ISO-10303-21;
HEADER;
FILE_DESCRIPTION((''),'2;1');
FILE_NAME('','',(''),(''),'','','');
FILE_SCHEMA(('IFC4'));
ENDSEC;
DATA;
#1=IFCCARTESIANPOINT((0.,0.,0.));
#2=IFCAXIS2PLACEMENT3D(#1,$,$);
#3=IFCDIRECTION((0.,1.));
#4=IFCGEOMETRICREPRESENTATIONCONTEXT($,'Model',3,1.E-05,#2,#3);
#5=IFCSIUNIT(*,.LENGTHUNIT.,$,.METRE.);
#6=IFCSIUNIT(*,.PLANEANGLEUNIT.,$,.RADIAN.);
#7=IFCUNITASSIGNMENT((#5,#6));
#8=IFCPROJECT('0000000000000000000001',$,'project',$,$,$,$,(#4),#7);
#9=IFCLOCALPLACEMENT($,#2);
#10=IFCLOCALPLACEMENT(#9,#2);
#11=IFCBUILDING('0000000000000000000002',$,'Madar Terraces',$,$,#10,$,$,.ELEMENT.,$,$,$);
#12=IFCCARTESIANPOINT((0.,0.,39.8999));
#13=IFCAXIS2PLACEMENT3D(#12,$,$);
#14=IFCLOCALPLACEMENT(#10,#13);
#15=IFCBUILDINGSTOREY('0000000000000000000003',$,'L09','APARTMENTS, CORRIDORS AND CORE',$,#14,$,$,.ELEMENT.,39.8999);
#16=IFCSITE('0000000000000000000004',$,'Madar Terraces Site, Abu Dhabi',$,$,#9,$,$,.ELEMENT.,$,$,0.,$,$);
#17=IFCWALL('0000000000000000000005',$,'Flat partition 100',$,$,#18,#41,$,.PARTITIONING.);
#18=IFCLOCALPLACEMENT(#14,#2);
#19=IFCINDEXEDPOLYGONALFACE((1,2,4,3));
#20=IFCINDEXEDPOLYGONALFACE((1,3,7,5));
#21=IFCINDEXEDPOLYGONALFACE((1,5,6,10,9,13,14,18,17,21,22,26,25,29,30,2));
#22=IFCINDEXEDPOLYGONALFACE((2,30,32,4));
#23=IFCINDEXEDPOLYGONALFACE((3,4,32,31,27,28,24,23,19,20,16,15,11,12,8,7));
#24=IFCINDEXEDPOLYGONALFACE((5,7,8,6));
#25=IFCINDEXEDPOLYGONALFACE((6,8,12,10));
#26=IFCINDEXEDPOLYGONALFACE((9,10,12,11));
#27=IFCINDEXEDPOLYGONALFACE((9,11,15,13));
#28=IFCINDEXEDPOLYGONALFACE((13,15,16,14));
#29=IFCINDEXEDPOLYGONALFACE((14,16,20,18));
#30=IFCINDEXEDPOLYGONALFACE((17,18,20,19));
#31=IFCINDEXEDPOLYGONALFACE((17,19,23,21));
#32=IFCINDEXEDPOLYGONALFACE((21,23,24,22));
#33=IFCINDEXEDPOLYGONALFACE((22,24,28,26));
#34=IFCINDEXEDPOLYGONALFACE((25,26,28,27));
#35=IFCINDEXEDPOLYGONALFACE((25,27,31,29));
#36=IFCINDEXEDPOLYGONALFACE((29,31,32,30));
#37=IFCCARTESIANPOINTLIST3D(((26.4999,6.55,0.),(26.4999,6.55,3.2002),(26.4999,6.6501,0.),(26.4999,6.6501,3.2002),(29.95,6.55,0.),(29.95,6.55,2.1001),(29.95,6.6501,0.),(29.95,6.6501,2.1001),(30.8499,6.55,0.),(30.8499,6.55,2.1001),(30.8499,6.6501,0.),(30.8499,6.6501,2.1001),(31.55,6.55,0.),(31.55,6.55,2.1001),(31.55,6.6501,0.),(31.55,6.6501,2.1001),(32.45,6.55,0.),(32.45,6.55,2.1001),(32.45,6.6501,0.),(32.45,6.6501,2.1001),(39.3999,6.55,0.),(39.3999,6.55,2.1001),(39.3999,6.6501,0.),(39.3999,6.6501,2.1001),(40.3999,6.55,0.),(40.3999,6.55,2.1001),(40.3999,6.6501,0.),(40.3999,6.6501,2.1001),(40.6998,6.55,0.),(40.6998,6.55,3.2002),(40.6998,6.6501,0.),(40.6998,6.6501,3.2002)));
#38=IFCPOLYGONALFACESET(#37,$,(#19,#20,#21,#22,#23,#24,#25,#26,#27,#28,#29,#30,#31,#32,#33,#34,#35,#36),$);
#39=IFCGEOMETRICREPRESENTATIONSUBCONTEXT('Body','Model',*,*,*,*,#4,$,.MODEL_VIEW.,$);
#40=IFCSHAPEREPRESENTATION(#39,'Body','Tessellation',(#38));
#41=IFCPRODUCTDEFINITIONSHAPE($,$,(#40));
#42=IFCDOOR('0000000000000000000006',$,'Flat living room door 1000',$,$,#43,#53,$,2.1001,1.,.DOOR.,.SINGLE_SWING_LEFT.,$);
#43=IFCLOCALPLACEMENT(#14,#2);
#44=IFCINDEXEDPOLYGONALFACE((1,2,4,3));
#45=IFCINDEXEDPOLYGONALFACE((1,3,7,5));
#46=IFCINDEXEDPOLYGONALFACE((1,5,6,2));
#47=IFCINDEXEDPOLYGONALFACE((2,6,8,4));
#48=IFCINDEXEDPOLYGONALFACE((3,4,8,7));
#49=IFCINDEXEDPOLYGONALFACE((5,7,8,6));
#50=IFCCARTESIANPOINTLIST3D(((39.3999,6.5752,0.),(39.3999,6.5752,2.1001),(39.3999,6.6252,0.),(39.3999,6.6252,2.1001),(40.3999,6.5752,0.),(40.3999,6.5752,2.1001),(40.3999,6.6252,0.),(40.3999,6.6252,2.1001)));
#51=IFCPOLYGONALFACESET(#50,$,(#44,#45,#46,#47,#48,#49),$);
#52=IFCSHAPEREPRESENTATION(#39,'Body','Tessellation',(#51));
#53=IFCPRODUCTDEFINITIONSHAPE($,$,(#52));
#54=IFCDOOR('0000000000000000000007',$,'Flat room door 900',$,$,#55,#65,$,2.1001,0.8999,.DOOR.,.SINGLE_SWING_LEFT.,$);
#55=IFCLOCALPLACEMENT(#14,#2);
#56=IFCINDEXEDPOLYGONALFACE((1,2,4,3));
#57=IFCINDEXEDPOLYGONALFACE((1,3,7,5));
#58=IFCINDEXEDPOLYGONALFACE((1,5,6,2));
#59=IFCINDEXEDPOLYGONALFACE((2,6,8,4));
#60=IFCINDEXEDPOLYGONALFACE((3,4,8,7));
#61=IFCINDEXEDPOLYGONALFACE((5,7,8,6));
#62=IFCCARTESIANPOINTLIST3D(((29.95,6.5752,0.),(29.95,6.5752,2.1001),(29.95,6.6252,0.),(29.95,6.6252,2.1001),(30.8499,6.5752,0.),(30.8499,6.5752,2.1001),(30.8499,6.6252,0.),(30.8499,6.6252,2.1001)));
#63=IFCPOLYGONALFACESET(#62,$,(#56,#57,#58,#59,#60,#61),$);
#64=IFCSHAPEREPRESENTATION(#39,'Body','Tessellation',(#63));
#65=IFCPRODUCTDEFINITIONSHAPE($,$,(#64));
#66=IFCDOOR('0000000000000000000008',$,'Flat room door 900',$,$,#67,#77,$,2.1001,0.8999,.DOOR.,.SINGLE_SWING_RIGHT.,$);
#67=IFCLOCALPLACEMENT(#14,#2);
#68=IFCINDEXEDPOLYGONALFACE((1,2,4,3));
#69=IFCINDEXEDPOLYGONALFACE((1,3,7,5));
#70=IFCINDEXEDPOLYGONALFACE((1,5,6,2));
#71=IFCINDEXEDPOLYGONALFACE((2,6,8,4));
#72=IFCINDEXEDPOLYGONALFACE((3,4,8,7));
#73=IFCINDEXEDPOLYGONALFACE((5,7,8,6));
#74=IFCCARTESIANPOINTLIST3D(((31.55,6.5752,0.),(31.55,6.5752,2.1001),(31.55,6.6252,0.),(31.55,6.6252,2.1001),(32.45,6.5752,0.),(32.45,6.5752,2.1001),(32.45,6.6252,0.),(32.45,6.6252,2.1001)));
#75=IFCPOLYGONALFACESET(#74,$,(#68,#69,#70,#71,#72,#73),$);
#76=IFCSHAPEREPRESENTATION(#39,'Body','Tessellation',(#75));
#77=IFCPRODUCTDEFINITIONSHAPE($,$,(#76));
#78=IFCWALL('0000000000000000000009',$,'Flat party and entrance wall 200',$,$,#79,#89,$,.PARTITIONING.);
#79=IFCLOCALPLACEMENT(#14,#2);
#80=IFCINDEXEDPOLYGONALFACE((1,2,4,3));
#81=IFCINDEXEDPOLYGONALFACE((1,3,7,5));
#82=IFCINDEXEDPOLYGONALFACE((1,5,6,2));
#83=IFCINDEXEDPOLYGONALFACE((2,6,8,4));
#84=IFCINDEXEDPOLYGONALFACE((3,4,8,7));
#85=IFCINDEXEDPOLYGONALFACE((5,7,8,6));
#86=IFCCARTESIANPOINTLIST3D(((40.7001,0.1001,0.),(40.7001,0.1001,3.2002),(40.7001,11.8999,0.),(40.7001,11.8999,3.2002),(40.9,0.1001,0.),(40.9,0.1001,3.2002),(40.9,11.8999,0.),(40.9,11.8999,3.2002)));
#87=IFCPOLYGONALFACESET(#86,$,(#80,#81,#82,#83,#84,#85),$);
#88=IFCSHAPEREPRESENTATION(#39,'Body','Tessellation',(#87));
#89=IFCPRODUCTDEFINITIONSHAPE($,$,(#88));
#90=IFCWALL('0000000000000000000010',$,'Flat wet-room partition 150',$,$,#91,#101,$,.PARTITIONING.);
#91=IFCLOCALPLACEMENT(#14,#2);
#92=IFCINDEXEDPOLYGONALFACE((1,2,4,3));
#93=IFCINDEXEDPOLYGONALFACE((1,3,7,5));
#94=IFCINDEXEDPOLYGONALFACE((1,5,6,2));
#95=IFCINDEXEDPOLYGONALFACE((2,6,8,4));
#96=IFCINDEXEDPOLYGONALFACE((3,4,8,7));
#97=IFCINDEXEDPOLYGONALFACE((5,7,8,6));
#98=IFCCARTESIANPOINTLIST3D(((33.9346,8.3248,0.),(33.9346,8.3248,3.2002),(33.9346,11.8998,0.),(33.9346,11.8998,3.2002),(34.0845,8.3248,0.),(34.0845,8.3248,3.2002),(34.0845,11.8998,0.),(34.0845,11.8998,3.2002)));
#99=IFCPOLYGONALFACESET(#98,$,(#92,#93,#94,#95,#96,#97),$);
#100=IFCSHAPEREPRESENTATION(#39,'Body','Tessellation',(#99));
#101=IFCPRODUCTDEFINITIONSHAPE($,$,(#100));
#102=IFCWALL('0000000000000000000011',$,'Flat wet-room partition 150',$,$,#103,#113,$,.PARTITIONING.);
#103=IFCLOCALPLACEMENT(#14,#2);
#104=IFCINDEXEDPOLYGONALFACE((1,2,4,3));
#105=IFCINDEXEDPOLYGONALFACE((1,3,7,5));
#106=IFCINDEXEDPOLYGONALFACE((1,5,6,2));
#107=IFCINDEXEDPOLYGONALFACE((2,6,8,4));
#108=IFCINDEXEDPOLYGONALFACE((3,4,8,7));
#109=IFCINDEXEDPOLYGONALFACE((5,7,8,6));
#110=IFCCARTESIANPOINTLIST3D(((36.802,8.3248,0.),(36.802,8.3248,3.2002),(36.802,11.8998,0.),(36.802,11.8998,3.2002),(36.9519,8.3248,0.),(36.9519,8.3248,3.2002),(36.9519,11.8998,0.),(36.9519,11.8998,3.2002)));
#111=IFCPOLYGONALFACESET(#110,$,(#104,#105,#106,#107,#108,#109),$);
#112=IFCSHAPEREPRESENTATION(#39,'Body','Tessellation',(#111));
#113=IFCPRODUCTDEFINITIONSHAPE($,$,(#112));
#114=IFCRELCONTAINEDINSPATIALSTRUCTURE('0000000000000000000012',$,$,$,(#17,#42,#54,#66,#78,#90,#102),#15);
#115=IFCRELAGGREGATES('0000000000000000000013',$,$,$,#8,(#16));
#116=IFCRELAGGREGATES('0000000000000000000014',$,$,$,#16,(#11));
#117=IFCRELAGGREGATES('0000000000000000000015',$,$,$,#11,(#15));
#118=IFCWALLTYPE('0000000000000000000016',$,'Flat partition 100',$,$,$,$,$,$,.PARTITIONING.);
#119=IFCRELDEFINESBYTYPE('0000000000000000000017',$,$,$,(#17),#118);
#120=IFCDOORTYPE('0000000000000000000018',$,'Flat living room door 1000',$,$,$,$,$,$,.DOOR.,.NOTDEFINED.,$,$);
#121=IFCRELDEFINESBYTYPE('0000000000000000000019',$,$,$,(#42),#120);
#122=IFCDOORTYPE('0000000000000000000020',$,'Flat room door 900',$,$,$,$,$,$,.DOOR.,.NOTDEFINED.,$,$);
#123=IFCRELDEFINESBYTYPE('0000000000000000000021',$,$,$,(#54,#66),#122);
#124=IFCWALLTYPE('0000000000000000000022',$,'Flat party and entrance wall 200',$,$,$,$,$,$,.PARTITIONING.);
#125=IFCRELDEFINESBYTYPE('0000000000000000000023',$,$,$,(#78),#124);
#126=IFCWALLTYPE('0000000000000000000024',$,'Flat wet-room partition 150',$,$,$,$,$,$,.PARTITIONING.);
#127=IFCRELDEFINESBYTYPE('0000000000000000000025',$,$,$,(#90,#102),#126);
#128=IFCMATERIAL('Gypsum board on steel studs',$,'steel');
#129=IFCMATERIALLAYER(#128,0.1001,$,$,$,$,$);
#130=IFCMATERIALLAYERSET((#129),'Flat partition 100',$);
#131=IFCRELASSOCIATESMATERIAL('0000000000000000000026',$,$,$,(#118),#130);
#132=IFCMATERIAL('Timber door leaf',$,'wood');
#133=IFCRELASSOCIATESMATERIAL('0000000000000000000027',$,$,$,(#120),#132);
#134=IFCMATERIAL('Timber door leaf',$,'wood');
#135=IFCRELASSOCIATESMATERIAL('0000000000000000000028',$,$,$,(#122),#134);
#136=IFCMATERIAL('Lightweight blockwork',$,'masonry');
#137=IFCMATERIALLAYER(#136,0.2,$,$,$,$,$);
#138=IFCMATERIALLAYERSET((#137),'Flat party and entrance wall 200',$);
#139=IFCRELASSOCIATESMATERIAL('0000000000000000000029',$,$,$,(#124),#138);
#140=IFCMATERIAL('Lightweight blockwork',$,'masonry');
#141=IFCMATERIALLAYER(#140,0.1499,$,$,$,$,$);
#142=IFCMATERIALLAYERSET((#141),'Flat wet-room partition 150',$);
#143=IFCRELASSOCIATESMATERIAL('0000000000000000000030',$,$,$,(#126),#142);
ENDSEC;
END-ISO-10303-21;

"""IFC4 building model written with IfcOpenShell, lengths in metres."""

from ifc_helpers import new_model, si_unit, direction, frame, frame_2d, origin, place, context, subcontext, project, spatial, rectangle, extrude, material, layer, layer_set, type_object, element, fill, save


model = new_model("IFC4")

# Units and contexts
model_context = context("Model", 3, precision=1e-05, world=origin(), true_north=direction((0.0, 1.0)))
body_context = subcontext(model_context, "Body", "Model", "MODEL_VIEW")
ifc_project = project(units=[si_unit("LENGTHUNIT", "METRE"), si_unit("PLANEANGLEUNIT", "RADIAN")], contexts=[model_context])

# Site, building, storey
site_placement = place(None, origin())
site = spatial("IfcSite", under=ifc_project, at=site_placement, Name="Madar Terraces Site, Abu Dhabi", CompositionType="ELEMENT", RefElevation=0.0)
building_placement = place(site_placement, origin())
building = spatial("IfcBuilding", under=site, at=building_placement, Name="Madar Terraces", CompositionType="ELEMENT")
storey_placement = place(building_placement, frame((0.0, 0.0, 39.8999)))
storey = spatial("IfcBuildingStorey", under=building, at=storey_placement, Name="L09", Description="APARTMENTS, CORRIDORS AND CORE", CompositionType="ELEMENT", Elevation=39.8999)

# Shared definitions
ifc_material_1 = material(Name="Gypsum board on steel studs", Category="steel")
ifc_layer_1 = layer(ifc_material_1, 0.1001)
ifc_layer_set_1 = layer_set([ifc_layer_1], Name="Flat partition 100")
wall_type_1 = type_object("IfcWallType", Name="Flat partition 100", PredefinedType="PARTITIONING", material=ifc_layer_set_1)

# Wall, openings, doors
wall_1_placement = place(storey_placement, frame((40.7, 6.6001, 0.0), z_axis=(0.0, 0.0, 1.0), x_axis=(-1.0, 0.0, 0.0)))
wall_1 = element("IfcWall", 1, at=wall_1_placement, inside=storey, type_object=wall_type_1, Name="Flat partition 100", PredefinedType="PARTITIONING", context=body_context, shape_type="SweptSolid", body=[
    extrude(rectangle(XDim=14.2, YDim=0.1001, at=frame_2d((7.1001, 0.0))), origin(), (0.0, 0.0, 1.0), 3.2002),
])
opening_1_placement = place(wall_1_placement, frame((9.8501, 0.0, 0.0)))
opening_1 = element("IfcOpeningElement", 2, at=opening_1_placement, cuts=wall_1, PredefinedType="OPENING", context=body_context, shape_type="SweptSolid", body=[
    extrude(rectangle(XDim=0.8999, YDim=2.1001, at=frame_2d((0.45, 1.05))), frame((0.0, 0.0601, 0.0), z_axis=(0.0, -1.0, 0.0), x_axis=(1.0, 0.0, 0.0)), (0.0, 0.0, 1.0), 0.1201),
])
opening_2_placement = place(wall_1_placement, frame((8.25, 0.0, 0.0)))
opening_2 = element("IfcOpeningElement", 3, at=opening_2_placement, cuts=wall_1, PredefinedType="OPENING", context=body_context, shape_type="SweptSolid", body=[
    extrude(rectangle(XDim=0.8999, YDim=2.1001, at=frame_2d((0.45, 1.05))), frame((0.0, 0.0601, 0.0), z_axis=(0.0, -1.0, 0.0), x_axis=(1.0, 0.0, 0.0)), (0.0, 0.0, 1.0), 0.1201),
])
opening_3_placement = place(wall_1_placement, frame((0.3, 0.0, 0.0)))
opening_3 = element("IfcOpeningElement", 4, at=opening_3_placement, cuts=wall_1, PredefinedType="OPENING", context=body_context, shape_type="SweptSolid", body=[
    extrude(rectangle(XDim=1.0, YDim=2.1001, at=frame_2d((0.5, 1.05))), frame((0.0, 0.0601, 0.0), z_axis=(0.0, -1.0, 0.0), x_axis=(1.0, 0.0, 0.0)), (0.0, 0.0, 1.0), 0.1201),
])
ifc_material_2 = material(Name="Timber door leaf", Category="wood")
door_type_1 = type_object("IfcDoorType", Name="Flat living room door 1000", OperationType="NOTDEFINED", PredefinedType="DOOR", material=ifc_material_2)
door_1_placement = place(opening_3_placement, origin())
door_1 = element("IfcDoor", 5, at=door_1_placement, inside=storey, type_object=door_type_1, Name="Flat living room door 1000", OperationType="SINGLE_SWING_LEFT", OverallHeight=2.1001, OverallWidth=1.0, PredefinedType="DOOR", context=body_context, shape_type="SweptSolid", body=[
    extrude(rectangle(XDim=1.0, YDim=2.1001, at=frame_2d((0.5, 1.05))), frame((0.0, 0.0249, 0.0), z_axis=(0.0, -1.0, 0.0), x_axis=(1.0, 0.0, 0.0)), (0.0, 0.0, 1.0), 0.05),
])
fill(opening_3, door_1)
ifc_material_3 = material(Name="Timber door leaf", Category="wood")
door_type_2 = type_object("IfcDoorType", Name="Flat room door 900", OperationType="NOTDEFINED", PredefinedType="DOOR", material=ifc_material_3)
door_2_placement = place(opening_1_placement, origin())
door_2 = element("IfcDoor", 6, at=door_2_placement, inside=storey, type_object=door_type_2, Name="Flat room door 900", OperationType="SINGLE_SWING_LEFT", OverallHeight=2.1001, OverallWidth=0.8999, PredefinedType="DOOR", context=body_context, shape_type="SweptSolid", body=[
    extrude(rectangle(XDim=0.8999, YDim=2.1001, at=frame_2d((0.45, 1.05))), frame((0.0, 0.0249, 0.0), z_axis=(0.0, -1.0, 0.0), x_axis=(1.0, 0.0, 0.0)), (0.0, 0.0, 1.0), 0.05),
])
fill(opening_1, door_2)
door_3_placement = place(opening_2_placement, origin())
door_3 = element("IfcDoor", 7, at=door_3_placement, inside=storey, type_object=door_type_2, Name="Flat room door 900", OperationType="SINGLE_SWING_RIGHT", OverallHeight=2.1001, OverallWidth=0.8999, PredefinedType="DOOR", context=body_context, shape_type="SweptSolid", body=[
    extrude(rectangle(XDim=0.8999, YDim=2.1001, at=frame_2d((0.45, 1.05))), frame((0.0, 0.0249, 0.0), z_axis=(0.0, -1.0, 0.0), x_axis=(1.0, 0.0, 0.0)), (0.0, 0.0, 1.0), 0.05),
])
fill(opening_2, door_3)

# Walls
ifc_material_4 = material(Name="Lightweight blockwork", Category="masonry")
ifc_layer_2 = layer(ifc_material_4, 0.2)
ifc_layer_set_2 = layer_set([ifc_layer_2], Name="Flat party and entrance wall 200")
wall_type_2 = type_object("IfcWallType", Name="Flat party and entrance wall 200", PredefinedType="PARTITIONING", material=ifc_layer_set_2)
wall_2_placement = place(storey_placement, frame((40.8, 11.8999, 0.0), z_axis=(0.0, 0.0, 1.0), x_axis=(0.0, -1.0, 0.0)))
element("IfcWall", 8, at=wall_2_placement, inside=storey, type_object=wall_type_2, Name="Flat party and entrance wall 200", PredefinedType="PARTITIONING", context=body_context, shape_type="SweptSolid", body=[
    extrude(rectangle(XDim=11.7998, YDim=0.2, at=frame_2d((5.8999, 0.0))), origin(), (0.0, 0.0, 1.0), 3.2002),
])
ifc_material_5 = material(Name="Lightweight blockwork", Category="masonry")
ifc_layer_3 = layer(ifc_material_5, 0.1499)
ifc_layer_set_3 = layer_set([ifc_layer_3], Name="Flat wet-room partition 150")
wall_type_3 = type_object("IfcWallType", Name="Flat wet-room partition 150", PredefinedType="PARTITIONING", material=ifc_layer_set_3)
for number, where, z_axis, x_axis, name in (
    (9, (34.0095, 11.8999, 0.0), (0.0, 0.0, 1.0), (0.0, -1.0, 0.0), "Flat wet-room partition 150"),
    (10, (36.877, 11.8999, 0.0), (0.0, 0.0, 1.0), (0.0, -1.0, 0.0), "Flat wet-room partition 150"),
):
    element("IfcWall", number, at=place(storey_placement, frame(where, z_axis=z_axis, x_axis=x_axis)), inside=storey, type_object=wall_type_3, Name=name, PredefinedType="PARTITIONING", context=body_context, shape_type="SweptSolid", body=[
        extrude(rectangle(XDim=3.575, YDim=0.1499, at=frame_2d((1.7876, 0.0))), origin(), (0.0, 0.0, 1.0), 3.2002),
    ])

save(model, "model.ifc")
